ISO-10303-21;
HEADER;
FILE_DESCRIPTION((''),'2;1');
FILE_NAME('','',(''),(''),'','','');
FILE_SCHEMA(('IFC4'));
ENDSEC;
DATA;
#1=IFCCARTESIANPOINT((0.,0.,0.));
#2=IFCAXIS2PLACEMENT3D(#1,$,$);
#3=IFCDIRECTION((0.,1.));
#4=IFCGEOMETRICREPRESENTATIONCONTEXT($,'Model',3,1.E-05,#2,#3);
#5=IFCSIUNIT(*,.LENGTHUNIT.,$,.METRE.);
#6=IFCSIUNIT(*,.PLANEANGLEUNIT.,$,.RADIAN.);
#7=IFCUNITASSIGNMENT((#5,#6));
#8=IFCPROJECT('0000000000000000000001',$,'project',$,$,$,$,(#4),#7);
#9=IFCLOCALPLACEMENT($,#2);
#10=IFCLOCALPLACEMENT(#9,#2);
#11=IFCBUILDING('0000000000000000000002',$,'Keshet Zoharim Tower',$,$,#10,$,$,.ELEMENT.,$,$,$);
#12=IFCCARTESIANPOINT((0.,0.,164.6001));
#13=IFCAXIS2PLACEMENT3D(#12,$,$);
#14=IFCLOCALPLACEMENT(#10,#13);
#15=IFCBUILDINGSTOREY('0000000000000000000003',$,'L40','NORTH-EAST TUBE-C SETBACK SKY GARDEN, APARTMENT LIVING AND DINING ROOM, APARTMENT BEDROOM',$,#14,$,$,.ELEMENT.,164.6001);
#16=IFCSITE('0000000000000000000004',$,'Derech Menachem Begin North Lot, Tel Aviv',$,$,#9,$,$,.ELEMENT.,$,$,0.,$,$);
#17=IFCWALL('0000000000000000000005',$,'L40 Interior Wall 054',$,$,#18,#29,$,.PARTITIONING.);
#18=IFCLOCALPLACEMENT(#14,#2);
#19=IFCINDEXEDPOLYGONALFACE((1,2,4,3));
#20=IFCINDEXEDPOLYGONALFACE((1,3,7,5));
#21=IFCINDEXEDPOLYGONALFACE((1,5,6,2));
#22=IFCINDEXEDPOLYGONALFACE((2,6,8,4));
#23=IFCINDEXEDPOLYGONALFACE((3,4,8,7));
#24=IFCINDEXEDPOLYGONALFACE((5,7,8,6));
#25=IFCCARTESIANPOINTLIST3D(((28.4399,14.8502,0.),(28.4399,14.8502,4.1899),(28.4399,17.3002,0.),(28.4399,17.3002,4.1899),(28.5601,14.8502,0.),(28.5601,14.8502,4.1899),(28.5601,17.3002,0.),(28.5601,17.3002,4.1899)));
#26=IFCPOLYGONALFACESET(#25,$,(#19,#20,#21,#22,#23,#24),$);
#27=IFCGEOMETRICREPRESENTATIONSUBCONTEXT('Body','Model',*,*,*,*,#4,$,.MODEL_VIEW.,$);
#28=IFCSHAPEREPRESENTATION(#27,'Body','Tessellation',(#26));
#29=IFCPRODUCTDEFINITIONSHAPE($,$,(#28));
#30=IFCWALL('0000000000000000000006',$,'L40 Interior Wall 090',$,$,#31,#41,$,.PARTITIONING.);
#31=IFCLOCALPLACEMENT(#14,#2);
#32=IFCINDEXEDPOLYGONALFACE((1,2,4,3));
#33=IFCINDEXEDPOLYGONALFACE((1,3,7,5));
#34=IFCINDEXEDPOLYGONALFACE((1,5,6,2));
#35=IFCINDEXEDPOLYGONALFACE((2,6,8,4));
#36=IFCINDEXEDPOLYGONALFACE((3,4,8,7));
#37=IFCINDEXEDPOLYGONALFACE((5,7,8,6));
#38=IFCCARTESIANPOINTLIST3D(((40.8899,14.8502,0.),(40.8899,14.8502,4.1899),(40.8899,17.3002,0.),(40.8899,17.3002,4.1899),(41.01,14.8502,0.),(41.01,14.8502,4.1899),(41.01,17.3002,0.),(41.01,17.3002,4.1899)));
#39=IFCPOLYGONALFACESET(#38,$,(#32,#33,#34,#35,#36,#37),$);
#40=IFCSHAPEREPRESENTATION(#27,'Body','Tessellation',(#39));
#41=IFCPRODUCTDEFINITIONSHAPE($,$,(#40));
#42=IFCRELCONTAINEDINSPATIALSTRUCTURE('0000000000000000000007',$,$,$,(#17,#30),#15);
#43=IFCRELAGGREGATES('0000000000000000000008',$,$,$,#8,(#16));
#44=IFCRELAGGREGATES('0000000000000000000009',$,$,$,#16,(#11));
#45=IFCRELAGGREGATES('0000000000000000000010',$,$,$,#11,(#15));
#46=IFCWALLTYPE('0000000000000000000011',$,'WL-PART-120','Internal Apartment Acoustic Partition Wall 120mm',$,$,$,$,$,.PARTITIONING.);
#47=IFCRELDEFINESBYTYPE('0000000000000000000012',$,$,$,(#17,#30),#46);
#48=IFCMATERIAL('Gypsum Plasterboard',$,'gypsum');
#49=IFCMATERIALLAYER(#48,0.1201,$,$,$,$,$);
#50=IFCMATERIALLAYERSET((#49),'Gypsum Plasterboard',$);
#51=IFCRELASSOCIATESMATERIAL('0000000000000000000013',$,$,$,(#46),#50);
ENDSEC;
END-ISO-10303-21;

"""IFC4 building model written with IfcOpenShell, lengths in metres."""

from ifc_helpers import new_model, si_unit, direction, frame, frame_2d, origin, place, context, subcontext, project, spatial, rectangle, extrude, material, layer, layer_set, type_object, element, save


model = new_model("IFC4")

# Units and contexts
model_context = context("Model", 3, precision=1e-05, world=origin(), true_north=direction((0.0, 1.0)))
body_context = subcontext(model_context, "Body", "Model", "MODEL_VIEW")
ifc_project = project(units=[si_unit("LENGTHUNIT", "METRE"), si_unit("PLANEANGLEUNIT", "RADIAN")], contexts=[model_context])

# Site, building, storey
site_placement = place(None, origin())
site = spatial("IfcSite", under=ifc_project, at=site_placement, Name="Derech Menachem Begin North Lot, Tel Aviv", CompositionType="ELEMENT", RefElevation=0.0)
building_placement = place(site_placement, origin())
building = spatial("IfcBuilding", under=site, at=building_placement, Name="Keshet Zoharim Tower", CompositionType="ELEMENT")
storey_placement = place(building_placement, frame((0.0, 0.0, 164.6001)))
storey = spatial("IfcBuildingStorey", under=building, at=storey_placement, Name="L40", Description="NORTH-EAST TUBE-C SETBACK SKY GARDEN, APARTMENT LIVING AND DINING ROOM, APARTMENT BEDROOM", CompositionType="ELEMENT", Elevation=164.6001)

# Shared definitions
ifc_material_1 = material(Name="Gypsum Plasterboard", Category="gypsum")

# Walls
ifc_layer_1 = layer(ifc_material_1, 0.1201)
ifc_layer_set_1 = layer_set([ifc_layer_1], Name="Gypsum Plasterboard")
wall_type_1 = type_object("IfcWallType", Name="WL-PART-120", Description="Internal Apartment Acoustic Partition Wall 120mm", PredefinedType="PARTITIONING", material=ifc_layer_set_1)
for number, where, z_axis, x_axis, name in (
    (1, (28.5, 14.8501, 0.0), (0.0, 0.0, 1.0), (0.0, 1.0, 0.0), "L40 Interior Wall 054"),
    (2, (40.95, 14.8501, 0.0), (0.0, 0.0, 1.0), (0.0, 1.0, 0.0), "L40 Interior Wall 090"),
):
    element("IfcWall", number, at=place(storey_placement, frame(where, z_axis=z_axis, x_axis=x_axis)), inside=storey, type_object=wall_type_1, Name=name, PredefinedType="PARTITIONING", context=body_context, shape_type="SweptSolid", body=[
        extrude(rectangle(XDim=2.45, YDim=0.1201, at=frame_2d((1.2251, 0.0))), origin(), (0.0, 0.0, 1.0), 4.1899),
    ])

save(model, "model.ifc")
